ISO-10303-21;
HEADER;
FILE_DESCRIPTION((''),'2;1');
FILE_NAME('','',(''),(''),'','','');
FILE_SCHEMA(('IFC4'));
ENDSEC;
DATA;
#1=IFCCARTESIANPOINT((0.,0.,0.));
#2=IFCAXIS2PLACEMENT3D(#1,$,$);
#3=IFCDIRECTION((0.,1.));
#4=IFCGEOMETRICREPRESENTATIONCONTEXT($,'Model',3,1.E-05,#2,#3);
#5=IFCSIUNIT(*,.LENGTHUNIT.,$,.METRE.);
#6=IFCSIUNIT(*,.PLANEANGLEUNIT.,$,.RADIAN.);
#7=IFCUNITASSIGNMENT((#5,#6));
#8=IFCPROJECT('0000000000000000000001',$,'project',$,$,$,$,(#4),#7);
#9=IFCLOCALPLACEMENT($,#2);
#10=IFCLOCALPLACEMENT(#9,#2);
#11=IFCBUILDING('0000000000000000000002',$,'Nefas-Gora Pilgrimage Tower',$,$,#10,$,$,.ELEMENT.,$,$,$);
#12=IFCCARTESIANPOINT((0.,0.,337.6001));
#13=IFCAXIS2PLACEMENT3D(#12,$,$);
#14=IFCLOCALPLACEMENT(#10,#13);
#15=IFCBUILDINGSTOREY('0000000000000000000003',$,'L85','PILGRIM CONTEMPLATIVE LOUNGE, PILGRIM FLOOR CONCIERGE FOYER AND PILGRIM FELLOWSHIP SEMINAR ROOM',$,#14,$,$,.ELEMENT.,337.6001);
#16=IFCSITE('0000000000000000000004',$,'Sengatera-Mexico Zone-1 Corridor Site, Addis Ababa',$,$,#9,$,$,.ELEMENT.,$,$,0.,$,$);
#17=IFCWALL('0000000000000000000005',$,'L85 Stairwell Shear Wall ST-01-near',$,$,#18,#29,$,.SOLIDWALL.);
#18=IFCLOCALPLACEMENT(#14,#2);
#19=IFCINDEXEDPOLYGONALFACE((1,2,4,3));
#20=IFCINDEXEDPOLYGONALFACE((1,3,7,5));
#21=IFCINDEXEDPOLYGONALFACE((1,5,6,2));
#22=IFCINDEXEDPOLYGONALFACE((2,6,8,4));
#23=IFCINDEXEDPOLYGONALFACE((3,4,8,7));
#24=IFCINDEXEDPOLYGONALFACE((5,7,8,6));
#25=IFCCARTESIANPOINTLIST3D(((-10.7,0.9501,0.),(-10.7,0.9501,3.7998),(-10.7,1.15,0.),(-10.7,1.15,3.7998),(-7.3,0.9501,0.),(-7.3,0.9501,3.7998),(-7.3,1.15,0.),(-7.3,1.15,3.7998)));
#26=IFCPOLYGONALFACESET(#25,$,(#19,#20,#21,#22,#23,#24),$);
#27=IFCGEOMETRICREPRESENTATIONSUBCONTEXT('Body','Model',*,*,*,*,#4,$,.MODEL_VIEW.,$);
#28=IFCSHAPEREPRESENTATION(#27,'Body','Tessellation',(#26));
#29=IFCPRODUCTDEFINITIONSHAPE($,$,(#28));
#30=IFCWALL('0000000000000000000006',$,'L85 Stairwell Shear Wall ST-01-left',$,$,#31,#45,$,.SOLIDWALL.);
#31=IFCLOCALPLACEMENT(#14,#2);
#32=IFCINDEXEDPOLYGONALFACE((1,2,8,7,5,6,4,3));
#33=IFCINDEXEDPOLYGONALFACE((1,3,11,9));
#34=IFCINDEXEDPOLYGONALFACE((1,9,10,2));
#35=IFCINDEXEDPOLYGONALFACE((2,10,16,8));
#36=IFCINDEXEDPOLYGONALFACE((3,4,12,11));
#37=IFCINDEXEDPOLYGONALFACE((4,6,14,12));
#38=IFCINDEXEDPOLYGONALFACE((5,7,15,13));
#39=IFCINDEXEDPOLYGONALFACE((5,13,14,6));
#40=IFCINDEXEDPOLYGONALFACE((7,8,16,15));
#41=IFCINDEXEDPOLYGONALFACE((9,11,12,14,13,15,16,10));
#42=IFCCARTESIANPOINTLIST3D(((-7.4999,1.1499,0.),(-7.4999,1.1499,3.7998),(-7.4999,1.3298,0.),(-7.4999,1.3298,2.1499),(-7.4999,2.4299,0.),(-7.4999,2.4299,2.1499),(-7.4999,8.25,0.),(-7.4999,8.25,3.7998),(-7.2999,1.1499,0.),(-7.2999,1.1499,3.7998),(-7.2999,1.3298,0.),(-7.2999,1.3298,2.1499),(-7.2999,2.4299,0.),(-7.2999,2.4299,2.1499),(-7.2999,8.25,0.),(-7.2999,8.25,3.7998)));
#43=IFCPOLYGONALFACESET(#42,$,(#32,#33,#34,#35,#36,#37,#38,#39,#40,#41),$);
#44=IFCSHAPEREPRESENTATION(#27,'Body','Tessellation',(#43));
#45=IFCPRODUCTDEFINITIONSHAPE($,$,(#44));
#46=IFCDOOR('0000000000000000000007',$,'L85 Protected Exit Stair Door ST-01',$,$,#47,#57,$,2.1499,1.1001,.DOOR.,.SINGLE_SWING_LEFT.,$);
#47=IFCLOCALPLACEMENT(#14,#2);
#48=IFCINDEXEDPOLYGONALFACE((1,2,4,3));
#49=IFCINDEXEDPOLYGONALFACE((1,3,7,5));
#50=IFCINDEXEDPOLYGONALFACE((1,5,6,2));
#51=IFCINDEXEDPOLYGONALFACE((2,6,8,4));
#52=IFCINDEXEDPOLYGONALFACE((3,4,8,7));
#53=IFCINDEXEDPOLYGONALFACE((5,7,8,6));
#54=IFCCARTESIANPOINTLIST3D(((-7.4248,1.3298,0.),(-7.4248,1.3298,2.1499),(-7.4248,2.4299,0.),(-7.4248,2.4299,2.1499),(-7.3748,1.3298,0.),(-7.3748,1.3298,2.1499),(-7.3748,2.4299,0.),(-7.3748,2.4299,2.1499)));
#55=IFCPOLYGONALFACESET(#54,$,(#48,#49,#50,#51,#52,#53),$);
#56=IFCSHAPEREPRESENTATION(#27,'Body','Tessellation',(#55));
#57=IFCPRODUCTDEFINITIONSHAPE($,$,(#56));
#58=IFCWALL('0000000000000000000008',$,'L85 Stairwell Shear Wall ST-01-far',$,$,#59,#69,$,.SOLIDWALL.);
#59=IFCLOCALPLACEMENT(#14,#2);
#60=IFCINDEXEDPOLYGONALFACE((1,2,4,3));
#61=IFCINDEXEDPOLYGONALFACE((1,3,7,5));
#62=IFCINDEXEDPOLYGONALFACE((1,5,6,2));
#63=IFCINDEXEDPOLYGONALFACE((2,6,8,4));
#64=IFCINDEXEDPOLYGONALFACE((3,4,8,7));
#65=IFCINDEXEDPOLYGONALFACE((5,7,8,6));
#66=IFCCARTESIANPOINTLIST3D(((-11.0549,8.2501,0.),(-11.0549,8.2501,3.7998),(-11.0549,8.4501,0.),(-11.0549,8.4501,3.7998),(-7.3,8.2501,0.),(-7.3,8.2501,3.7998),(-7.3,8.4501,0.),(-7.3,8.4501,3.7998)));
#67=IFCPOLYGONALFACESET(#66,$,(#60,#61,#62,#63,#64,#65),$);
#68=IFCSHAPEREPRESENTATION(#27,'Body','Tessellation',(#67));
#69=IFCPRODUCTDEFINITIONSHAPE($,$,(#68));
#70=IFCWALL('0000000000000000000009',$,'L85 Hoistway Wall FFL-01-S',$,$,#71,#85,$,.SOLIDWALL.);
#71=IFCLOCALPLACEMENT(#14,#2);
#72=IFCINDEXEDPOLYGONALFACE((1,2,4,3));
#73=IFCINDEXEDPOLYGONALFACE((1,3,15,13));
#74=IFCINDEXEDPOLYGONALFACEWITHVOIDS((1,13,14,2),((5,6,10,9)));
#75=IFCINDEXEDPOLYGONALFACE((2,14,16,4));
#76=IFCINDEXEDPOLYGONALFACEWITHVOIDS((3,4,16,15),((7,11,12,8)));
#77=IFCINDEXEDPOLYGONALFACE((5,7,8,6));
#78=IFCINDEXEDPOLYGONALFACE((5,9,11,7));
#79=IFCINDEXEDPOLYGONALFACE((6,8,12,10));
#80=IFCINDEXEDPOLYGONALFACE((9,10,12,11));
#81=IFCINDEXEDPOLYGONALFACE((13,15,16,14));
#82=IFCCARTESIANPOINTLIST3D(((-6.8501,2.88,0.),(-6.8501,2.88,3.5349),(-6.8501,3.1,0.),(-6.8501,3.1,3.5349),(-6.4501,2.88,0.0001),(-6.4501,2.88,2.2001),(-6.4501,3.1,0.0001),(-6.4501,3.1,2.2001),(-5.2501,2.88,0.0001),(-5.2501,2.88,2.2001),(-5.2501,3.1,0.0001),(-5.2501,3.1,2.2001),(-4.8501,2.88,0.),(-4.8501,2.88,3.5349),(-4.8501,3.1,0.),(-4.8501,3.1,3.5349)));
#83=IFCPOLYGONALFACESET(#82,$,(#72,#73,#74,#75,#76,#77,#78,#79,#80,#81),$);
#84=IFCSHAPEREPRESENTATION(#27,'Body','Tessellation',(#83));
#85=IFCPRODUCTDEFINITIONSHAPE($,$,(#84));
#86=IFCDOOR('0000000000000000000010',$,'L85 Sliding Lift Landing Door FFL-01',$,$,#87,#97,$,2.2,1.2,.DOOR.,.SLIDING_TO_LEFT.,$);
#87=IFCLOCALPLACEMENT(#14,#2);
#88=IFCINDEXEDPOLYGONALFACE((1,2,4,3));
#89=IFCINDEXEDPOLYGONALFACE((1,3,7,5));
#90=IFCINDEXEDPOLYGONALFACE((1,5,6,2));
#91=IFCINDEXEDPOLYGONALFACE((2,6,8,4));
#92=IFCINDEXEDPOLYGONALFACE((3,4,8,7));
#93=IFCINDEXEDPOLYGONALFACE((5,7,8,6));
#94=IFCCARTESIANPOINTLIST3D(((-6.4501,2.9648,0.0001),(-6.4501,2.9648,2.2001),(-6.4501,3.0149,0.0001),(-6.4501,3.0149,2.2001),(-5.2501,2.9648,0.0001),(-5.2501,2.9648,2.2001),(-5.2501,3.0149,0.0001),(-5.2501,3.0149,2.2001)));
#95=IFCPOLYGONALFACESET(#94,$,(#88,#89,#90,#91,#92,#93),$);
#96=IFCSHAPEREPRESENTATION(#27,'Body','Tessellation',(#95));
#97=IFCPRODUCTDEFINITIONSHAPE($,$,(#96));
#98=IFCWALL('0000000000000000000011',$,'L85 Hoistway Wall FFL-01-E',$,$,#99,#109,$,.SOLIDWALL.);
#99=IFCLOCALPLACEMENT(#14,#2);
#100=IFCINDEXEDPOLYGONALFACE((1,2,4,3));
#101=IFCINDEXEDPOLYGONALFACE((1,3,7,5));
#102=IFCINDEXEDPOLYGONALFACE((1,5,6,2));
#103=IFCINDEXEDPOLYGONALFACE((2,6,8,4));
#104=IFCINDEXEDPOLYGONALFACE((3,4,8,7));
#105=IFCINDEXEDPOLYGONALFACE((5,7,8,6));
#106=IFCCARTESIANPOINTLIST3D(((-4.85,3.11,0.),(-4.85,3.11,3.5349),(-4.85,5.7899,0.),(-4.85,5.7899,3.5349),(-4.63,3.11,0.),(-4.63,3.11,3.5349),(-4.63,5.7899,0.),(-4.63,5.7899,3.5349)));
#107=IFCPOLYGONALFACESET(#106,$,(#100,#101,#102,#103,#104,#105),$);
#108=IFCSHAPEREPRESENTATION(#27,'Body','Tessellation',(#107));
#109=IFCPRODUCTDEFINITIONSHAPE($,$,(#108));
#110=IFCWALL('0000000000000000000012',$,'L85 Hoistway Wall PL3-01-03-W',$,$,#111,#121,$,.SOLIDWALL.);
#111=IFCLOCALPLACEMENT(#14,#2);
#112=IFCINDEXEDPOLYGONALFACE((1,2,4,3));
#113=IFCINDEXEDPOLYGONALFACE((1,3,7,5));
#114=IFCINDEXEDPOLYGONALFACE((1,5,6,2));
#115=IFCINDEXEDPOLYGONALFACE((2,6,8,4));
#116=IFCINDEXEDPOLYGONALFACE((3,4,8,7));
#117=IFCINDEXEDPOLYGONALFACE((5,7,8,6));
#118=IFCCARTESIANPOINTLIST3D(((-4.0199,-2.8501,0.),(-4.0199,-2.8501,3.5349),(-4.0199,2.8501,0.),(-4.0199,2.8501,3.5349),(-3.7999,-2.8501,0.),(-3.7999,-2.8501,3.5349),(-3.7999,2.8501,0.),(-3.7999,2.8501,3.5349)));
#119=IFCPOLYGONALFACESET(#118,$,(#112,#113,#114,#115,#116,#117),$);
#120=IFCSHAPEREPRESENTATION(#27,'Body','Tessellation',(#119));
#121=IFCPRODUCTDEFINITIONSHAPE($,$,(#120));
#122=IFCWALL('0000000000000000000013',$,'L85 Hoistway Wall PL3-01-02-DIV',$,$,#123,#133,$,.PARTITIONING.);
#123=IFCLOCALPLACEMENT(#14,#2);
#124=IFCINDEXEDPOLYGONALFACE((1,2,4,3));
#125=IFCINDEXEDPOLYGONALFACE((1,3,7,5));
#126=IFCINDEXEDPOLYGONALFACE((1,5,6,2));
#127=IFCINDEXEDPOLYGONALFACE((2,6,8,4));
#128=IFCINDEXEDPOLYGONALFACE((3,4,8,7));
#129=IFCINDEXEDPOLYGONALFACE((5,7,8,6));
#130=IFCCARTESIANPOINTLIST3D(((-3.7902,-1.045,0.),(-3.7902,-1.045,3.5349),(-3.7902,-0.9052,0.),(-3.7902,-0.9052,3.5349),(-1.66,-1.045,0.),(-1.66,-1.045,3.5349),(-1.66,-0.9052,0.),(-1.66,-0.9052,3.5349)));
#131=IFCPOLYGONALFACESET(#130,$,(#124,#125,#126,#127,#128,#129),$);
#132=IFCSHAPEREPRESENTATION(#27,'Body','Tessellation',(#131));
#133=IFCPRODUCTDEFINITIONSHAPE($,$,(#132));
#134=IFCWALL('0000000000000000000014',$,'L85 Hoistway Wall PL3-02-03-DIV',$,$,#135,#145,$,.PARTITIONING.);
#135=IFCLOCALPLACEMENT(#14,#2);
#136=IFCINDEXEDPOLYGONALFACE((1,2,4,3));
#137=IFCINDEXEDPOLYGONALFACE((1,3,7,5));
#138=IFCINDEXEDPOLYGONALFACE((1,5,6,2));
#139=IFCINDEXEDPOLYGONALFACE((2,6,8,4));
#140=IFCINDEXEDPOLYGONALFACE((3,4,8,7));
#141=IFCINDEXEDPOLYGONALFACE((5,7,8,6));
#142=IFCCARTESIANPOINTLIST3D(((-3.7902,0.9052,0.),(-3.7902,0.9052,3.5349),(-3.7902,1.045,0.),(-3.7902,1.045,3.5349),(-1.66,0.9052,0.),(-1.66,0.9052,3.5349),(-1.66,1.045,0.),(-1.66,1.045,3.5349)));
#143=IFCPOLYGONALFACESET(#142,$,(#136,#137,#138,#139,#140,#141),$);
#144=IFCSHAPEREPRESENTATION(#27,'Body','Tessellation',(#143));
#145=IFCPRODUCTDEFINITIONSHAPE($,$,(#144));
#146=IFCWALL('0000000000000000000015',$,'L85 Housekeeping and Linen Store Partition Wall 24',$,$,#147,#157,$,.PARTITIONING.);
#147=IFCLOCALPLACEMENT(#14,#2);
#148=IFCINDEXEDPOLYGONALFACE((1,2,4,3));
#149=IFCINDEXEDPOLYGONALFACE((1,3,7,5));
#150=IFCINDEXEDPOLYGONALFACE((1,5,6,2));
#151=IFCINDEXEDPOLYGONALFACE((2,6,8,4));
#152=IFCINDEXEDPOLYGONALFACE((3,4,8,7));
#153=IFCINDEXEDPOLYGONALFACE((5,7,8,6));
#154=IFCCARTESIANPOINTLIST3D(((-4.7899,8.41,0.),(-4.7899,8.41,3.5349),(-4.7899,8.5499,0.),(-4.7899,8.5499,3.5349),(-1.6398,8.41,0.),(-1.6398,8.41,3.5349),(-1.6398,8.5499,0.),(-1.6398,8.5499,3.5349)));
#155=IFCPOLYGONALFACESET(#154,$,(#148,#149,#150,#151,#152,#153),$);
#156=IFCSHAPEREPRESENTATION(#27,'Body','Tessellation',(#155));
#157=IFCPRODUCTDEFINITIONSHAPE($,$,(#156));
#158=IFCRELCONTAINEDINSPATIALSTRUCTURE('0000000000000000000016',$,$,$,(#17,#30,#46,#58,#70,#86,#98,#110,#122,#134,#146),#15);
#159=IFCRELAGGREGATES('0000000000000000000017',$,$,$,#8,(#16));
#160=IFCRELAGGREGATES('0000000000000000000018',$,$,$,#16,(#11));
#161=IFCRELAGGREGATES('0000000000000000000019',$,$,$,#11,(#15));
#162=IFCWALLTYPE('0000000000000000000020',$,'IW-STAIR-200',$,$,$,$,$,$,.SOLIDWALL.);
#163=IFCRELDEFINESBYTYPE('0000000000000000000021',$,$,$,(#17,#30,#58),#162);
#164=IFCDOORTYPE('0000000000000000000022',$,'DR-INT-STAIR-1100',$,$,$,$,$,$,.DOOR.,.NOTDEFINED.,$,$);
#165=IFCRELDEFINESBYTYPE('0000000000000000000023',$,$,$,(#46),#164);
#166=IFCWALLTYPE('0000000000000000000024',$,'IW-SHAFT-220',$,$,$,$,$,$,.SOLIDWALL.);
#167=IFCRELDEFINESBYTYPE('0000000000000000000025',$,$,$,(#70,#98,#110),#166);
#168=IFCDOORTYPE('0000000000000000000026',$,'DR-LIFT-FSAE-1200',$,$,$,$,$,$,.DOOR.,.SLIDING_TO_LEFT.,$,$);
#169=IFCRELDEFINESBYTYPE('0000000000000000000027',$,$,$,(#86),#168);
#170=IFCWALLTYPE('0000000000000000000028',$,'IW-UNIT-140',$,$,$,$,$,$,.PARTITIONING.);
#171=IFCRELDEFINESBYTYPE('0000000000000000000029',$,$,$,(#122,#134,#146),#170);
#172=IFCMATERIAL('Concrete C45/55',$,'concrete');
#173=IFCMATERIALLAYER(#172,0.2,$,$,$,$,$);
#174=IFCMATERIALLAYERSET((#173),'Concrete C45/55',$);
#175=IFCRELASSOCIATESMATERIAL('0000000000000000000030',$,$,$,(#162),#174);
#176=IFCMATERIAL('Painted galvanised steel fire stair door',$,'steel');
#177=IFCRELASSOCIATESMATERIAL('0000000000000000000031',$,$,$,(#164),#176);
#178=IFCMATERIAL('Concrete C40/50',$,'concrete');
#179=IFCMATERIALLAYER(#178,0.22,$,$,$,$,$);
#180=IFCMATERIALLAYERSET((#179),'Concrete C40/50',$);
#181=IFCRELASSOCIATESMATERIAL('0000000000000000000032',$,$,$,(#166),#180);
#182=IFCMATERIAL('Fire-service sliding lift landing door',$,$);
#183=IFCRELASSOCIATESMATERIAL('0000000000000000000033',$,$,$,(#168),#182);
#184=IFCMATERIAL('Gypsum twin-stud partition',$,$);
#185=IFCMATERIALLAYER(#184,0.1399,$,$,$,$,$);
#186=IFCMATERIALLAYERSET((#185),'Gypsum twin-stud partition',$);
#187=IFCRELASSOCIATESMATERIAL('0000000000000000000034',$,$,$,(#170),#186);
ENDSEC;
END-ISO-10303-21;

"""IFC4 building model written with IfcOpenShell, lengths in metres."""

from ifc_helpers import new_model, si_unit, direction, frame, frame_2d, origin, place, context, subcontext, project, spatial, rectangle, extrude, source, transform, mapped, material, layer, layer_set, type_object, element, fill, save


model = new_model("IFC4")

# Units and contexts
model_context = context("Model", 3, precision=1e-05, world=origin(), true_north=direction((0.0, 1.0)))
body_context = subcontext(model_context, "Body", "Model", "MODEL_VIEW")
ifc_project = project(units=[si_unit("LENGTHUNIT", "METRE"), si_unit("PLANEANGLEUNIT", "RADIAN")], contexts=[model_context])

# Site, building, storey
site_placement = place(None, origin())
site = spatial("IfcSite", under=ifc_project, at=site_placement, Name="Sengatera-Mexico Zone-1 Corridor Site, Addis Ababa", CompositionType="ELEMENT", RefElevation=0.0)
building_placement = place(site_placement, origin())
building = spatial("IfcBuilding", under=site, at=building_placement, Name="Nefas-Gora Pilgrimage Tower", CompositionType="ELEMENT")
storey_placement = place(building_placement, frame((0.0, 0.0, 337.6001)))
storey = spatial("IfcBuildingStorey", under=building, at=storey_placement, Name="L85", Description="PILGRIM CONTEMPLATIVE LOUNGE, PILGRIM FLOOR CONCIERGE FOYER AND PILGRIM FELLOWSHIP SEMINAR ROOM", CompositionType="ELEMENT", Elevation=337.6001)

# Wall
ifc_material_1 = material(Name="Concrete C45/55", Category="concrete")
ifc_layer_1 = layer(ifc_material_1, 0.2)
ifc_layer_set_1 = layer_set([ifc_layer_1], Name="Concrete C45/55")
wall_type_1 = type_object("IfcWallType", Name="IW-STAIR-200", PredefinedType="SOLIDWALL", material=ifc_layer_set_1)
shared_shape_1 = source(origin(), body_context, "Body", "SweptSolid", [
    extrude(rectangle(XDim=3.3999, YDim=0.2, at=frame_2d((1.7, 0.0))), origin(), (0.0, 0.0, 1.0), 3.7998),
])
wall_1_placement = place(storey_placement, frame((-7.3, 1.05, 0.0), z_axis=(0.0, 0.0, 1.0), x_axis=(-1.0, 0.0, 0.0)))
element("IfcWall", 1, at=wall_1_placement, inside=storey, type_object=wall_type_1, Name="L85 Stairwell Shear Wall ST-01-near", PredefinedType="SOLIDWALL", context=body_context, shape_type="MappedRepresentation", body=[
    mapped(shared_shape_1, transform((0.0, 0.0, 0.0), x_axis=(1.0, 0.0, 0.0), y_axis=(0.0, 1.0, 0.0), z_axis=(0.0, 0.0, 1.0), scale=1.0)),
])

# Wall, opening, door
shared_shape_2 = source(origin(), body_context, "Body", "SweptSolid", [
    extrude(rectangle(XDim=7.1001, YDim=0.2, at=frame_2d((3.55, 0.0))), origin(), (0.0, 0.0, 1.0), 3.7998),
])
wall_2_placement = place(storey_placement, frame((-7.3999, 1.1499, 0.0), z_axis=(0.0, 0.0, 1.0), x_axis=(0.0, 1.0, 0.0)))
wall_2 = element("IfcWall", 2, at=wall_2_placement, inside=storey, type_object=wall_type_1, Name="L85 Stairwell Shear Wall ST-01-left", PredefinedType="SOLIDWALL", context=body_context, shape_type="MappedRepresentation", body=[
    mapped(shared_shape_2, transform((0.0, 0.0, 0.0), x_axis=(1.0, 0.0, 0.0), y_axis=(0.0, 1.0, 0.0), z_axis=(0.0, 0.0, 1.0), scale=1.0)),
])
opening_1_placement = place(wall_2_placement, frame((0.1799, 0.0, 0.0)))
opening_1 = element("IfcOpeningElement", 3, at=opening_1_placement, cuts=wall_2, PredefinedType="OPENING", context=body_context, shape_type="SweptSolid", body=[
    extrude(rectangle(XDim=1.1001, YDim=2.1499, at=frame_2d((0.55, 1.075))), frame((0.0, 0.1099, 0.0), z_axis=(0.0, -1.0, 0.0), x_axis=(1.0, 0.0, 0.0)), (0.0, 0.0, 1.0), 0.22),
])
ifc_material_2 = material(Name="Painted galvanised steel fire stair door", Category="steel")
door_type_1 = type_object("IfcDoorType", Name="DR-INT-STAIR-1100", OperationType="NOTDEFINED", PredefinedType="DOOR", material=ifc_material_2)
shared_shape_3 = source(origin(), body_context, "Body", "SweptSolid", [
    extrude(rectangle(XDim=1.1001, YDim=2.1499, at=frame_2d((0.55, 1.075))), frame((0.0, 0.0249, 0.0), z_axis=(0.0, -1.0, 0.0), x_axis=(1.0, 0.0, 0.0)), (0.0, 0.0, 1.0), 0.05),
])
door_1_placement = place(opening_1_placement, origin())
door_1 = element("IfcDoor", 4, at=door_1_placement, inside=storey, type_object=door_type_1, Name="L85 Protected Exit Stair Door ST-01", OperationType="SINGLE_SWING_LEFT", OverallHeight=2.1499, OverallWidth=1.1001, PredefinedType="DOOR", context=body_context, shape_type="MappedRepresentation", body=[
    mapped(shared_shape_3, transform((0.0, 0.0, 0.0), x_axis=(1.0, 0.0, 0.0), y_axis=(0.0, 1.0, 0.0), z_axis=(0.0, 0.0, 1.0), scale=1.0)),
])
fill(opening_1, door_1)

# Wall
shared_shape_4 = source(origin(), body_context, "Body", "SweptSolid", [
    extrude(rectangle(XDim=3.7549, YDim=0.2, at=frame_2d((1.8774, 0.0))), origin(), (0.0, 0.0, 1.0), 3.7998),
])
wall_3_placement = place(storey_placement, frame((-7.3, 8.3501, 0.0), z_axis=(0.0, 0.0, 1.0), x_axis=(-1.0, 0.0, 0.0)))
element("IfcWall", 5, at=wall_3_placement, inside=storey, type_object=wall_type_1, Name="L85 Stairwell Shear Wall ST-01-far", PredefinedType="SOLIDWALL", context=body_context, shape_type="MappedRepresentation", body=[
    mapped(shared_shape_4, transform((0.0, 0.0, 0.0), x_axis=(1.0, 0.0, 0.0), y_axis=(0.0, 1.0, 0.0), z_axis=(0.0, 0.0, 1.0), scale=1.0)),
])

# Wall, opening, door
ifc_material_3 = material(Name="Concrete C40/50", Category="concrete")
ifc_layer_2 = layer(ifc_material_3, 0.22)
ifc_layer_set_2 = layer_set([ifc_layer_2], Name="Concrete C40/50")
wall_type_2 = type_object("IfcWallType", Name="IW-SHAFT-220", PredefinedType="SOLIDWALL", material=ifc_layer_set_2)
shared_shape_5 = source(origin(), body_context, "Body", "SweptSolid", [
    extrude(rectangle(XDim=2.0, YDim=0.22, at=frame_2d((1.0, 0.0))), origin(), (0.0, 0.0, 1.0), 3.5349),
])
wall_4_placement = place(storey_placement, frame((-6.8501, 2.99, 0.0), z_axis=(0.0, 0.0, 1.0), x_axis=(1.0, 0.0, 0.0)))
wall_4 = element("IfcWall", 6, at=wall_4_placement, inside=storey, type_object=wall_type_2, Name="L85 Hoistway Wall FFL-01-S", PredefinedType="SOLIDWALL", context=body_context, shape_type="MappedRepresentation", body=[
    mapped(shared_shape_5, transform((0.0, 0.0, 0.0), x_axis=(1.0, 0.0, 0.0), y_axis=(0.0, 1.0, 0.0), z_axis=(0.0, 0.0, 1.0), scale=1.0)),
])
opening_2_placement = place(wall_4_placement, frame((0.3999, 0.0, 0.0)))
opening_2 = element("IfcOpeningElement", 7, at=opening_2_placement, cuts=wall_4, PredefinedType="OPENING", context=body_context, shape_type="SweptSolid", body=[
    extrude(rectangle(XDim=1.2, YDim=2.2, at=frame_2d((0.6001, 1.1001))), frame((0.0, 0.1199, 0.0), z_axis=(0.0, -1.0, 0.0), x_axis=(1.0, 0.0, 0.0)), (0.0, 0.0, 1.0), 0.24),
])
ifc_material_4 = material(Name="Fire-service sliding lift landing door")
door_type_2 = type_object("IfcDoorType", Name="DR-LIFT-FSAE-1200", OperationType="SLIDING_TO_LEFT", PredefinedType="DOOR", material=ifc_material_4)
shared_shape_6 = source(origin(), body_context, "Body", "SweptSolid", [
    extrude(rectangle(XDim=1.2, YDim=2.2, at=frame_2d((0.6001, 1.1001))), frame((0.0, 0.0249, 0.0), z_axis=(0.0, -1.0, 0.0), x_axis=(1.0, 0.0, 0.0)), (0.0, 0.0, 1.0), 0.05),
])
door_2_placement = place(opening_2_placement, origin())
door_2 = element("IfcDoor", 8, at=door_2_placement, inside=storey, type_object=door_type_2, Name="L85 Sliding Lift Landing Door FFL-01", OperationType="SLIDING_TO_LEFT", OverallHeight=2.2, OverallWidth=1.2, PredefinedType="DOOR", context=body_context, shape_type="MappedRepresentation", body=[
    mapped(shared_shape_6, transform((0.0, 0.0, 0.0), x_axis=(1.0, 0.0, 0.0), y_axis=(0.0, 1.0, 0.0), z_axis=(0.0, 0.0, 1.0), scale=1.0)),
])
fill(opening_2, door_2)

# Walls
shared_shape_7 = source(origin(), body_context, "Body", "SweptSolid", [
    extrude(rectangle(XDim=2.6799, YDim=0.22, at=frame_2d((1.3398, 0.0))), origin(), (0.0, 0.0, 1.0), 3.5349),
])
wall_5_placement = place(storey_placement, frame((-4.74, 3.1101, 0.0), z_axis=(0.0, 0.0, 1.0), x_axis=(0.0, 1.0, 0.0)))
element("IfcWall", 9, at=wall_5_placement, inside=storey, type_object=wall_type_2, Name="L85 Hoistway Wall FFL-01-E", PredefinedType="SOLIDWALL", context=body_context, shape_type="MappedRepresentation", body=[
    mapped(shared_shape_7, transform((0.0, 0.0, 0.0), x_axis=(1.0, 0.0, 0.0), y_axis=(0.0, 1.0, 0.0), z_axis=(0.0, 0.0, 1.0), scale=1.0)),
])
shared_shape_8 = source(origin(), body_context, "Body", "SweptSolid", [
    extrude(rectangle(XDim=5.7002, YDim=0.22, at=frame_2d((2.8501, 0.0))), origin(), (0.0, 0.0, 1.0), 3.5349),
])
wall_6_placement = place(storey_placement, frame((-3.9099, 2.8501, 0.0), z_axis=(0.0, 0.0, 1.0), x_axis=(0.0, -1.0, 0.0)))
element("IfcWall", 10, at=wall_6_placement, inside=storey, type_object=wall_type_2, Name="L85 Hoistway Wall PL3-01-03-W", PredefinedType="SOLIDWALL", context=body_context, shape_type="MappedRepresentation", body=[
    mapped(shared_shape_8, transform((0.0, 0.0, 0.0), x_axis=(1.0, 0.0, 0.0), y_axis=(0.0, 1.0, 0.0), z_axis=(0.0, 0.0, 1.0), scale=1.0)),
])
ifc_material_5 = material(Name="Gypsum twin-stud partition")
ifc_layer_3 = layer(ifc_material_5, 0.1399)
ifc_layer_set_3 = layer_set([ifc_layer_3], Name="Gypsum twin-stud partition")
wall_type_3 = type_object("IfcWallType", Name="IW-UNIT-140", PredefinedType="PARTITIONING", material=ifc_layer_set_3)
shared_shape_9 = source(origin(), body_context, "Body", "SweptSolid", [
    extrude(rectangle(XDim=2.1301, YDim=0.1399, at=frame_2d((1.0649, 0.0))), origin(), (0.0, 0.0, 1.0), 3.5349),
])
for number, where, z_axis, x_axis, name in (
    (11, (-3.79, -0.9751, 0.0), (0.0, 0.0, 1.0), (1.0, 0.0, 0.0), "L85 Hoistway Wall PL3-01-02-DIV"),
    (12, (-3.79, 0.9751, 0.0), (0.0, 0.0, 1.0), (1.0, 0.0, 0.0), "L85 Hoistway Wall PL3-02-03-DIV"),
):
    element("IfcWall", number, at=place(storey_placement, frame(where, z_axis=z_axis, x_axis=x_axis)), inside=storey, type_object=wall_type_3, Name=name, PredefinedType="PARTITIONING", context=body_context, shape_type="MappedRepresentation", body=[
        mapped(shared_shape_9, transform((0.0, 0.0, 0.0), x_axis=(1.0, 0.0, 0.0), y_axis=(0.0, 1.0, 0.0), z_axis=(0.0, 0.0, 1.0), scale=1.0)),
    ])
shared_shape_10 = source(origin(), body_context, "Body", "SweptSolid", [
    extrude(rectangle(XDim=3.1501, YDim=0.1399, at=frame_2d((1.5752, 0.0))), origin(), (0.0, 0.0, 1.0), 3.5349),
])
wall_7_placement = place(storey_placement, frame((-4.79, 8.48, 0.0), z_axis=(0.0, 0.0, 1.0), x_axis=(1.0, 0.0, 0.0)))
element("IfcWall", 13, at=wall_7_placement, inside=storey, type_object=wall_type_3, Name="L85 Housekeeping and Linen Store Partition Wall 24", PredefinedType="PARTITIONING", context=body_context, shape_type="MappedRepresentation", body=[
    mapped(shared_shape_10, transform((0.0, 0.0, 0.0), x_axis=(1.0, 0.0, 0.0), y_axis=(0.0, 1.0, 0.0), z_axis=(0.0, 0.0, 1.0), scale=1.0)),
])

save(model, "model.ifc")
